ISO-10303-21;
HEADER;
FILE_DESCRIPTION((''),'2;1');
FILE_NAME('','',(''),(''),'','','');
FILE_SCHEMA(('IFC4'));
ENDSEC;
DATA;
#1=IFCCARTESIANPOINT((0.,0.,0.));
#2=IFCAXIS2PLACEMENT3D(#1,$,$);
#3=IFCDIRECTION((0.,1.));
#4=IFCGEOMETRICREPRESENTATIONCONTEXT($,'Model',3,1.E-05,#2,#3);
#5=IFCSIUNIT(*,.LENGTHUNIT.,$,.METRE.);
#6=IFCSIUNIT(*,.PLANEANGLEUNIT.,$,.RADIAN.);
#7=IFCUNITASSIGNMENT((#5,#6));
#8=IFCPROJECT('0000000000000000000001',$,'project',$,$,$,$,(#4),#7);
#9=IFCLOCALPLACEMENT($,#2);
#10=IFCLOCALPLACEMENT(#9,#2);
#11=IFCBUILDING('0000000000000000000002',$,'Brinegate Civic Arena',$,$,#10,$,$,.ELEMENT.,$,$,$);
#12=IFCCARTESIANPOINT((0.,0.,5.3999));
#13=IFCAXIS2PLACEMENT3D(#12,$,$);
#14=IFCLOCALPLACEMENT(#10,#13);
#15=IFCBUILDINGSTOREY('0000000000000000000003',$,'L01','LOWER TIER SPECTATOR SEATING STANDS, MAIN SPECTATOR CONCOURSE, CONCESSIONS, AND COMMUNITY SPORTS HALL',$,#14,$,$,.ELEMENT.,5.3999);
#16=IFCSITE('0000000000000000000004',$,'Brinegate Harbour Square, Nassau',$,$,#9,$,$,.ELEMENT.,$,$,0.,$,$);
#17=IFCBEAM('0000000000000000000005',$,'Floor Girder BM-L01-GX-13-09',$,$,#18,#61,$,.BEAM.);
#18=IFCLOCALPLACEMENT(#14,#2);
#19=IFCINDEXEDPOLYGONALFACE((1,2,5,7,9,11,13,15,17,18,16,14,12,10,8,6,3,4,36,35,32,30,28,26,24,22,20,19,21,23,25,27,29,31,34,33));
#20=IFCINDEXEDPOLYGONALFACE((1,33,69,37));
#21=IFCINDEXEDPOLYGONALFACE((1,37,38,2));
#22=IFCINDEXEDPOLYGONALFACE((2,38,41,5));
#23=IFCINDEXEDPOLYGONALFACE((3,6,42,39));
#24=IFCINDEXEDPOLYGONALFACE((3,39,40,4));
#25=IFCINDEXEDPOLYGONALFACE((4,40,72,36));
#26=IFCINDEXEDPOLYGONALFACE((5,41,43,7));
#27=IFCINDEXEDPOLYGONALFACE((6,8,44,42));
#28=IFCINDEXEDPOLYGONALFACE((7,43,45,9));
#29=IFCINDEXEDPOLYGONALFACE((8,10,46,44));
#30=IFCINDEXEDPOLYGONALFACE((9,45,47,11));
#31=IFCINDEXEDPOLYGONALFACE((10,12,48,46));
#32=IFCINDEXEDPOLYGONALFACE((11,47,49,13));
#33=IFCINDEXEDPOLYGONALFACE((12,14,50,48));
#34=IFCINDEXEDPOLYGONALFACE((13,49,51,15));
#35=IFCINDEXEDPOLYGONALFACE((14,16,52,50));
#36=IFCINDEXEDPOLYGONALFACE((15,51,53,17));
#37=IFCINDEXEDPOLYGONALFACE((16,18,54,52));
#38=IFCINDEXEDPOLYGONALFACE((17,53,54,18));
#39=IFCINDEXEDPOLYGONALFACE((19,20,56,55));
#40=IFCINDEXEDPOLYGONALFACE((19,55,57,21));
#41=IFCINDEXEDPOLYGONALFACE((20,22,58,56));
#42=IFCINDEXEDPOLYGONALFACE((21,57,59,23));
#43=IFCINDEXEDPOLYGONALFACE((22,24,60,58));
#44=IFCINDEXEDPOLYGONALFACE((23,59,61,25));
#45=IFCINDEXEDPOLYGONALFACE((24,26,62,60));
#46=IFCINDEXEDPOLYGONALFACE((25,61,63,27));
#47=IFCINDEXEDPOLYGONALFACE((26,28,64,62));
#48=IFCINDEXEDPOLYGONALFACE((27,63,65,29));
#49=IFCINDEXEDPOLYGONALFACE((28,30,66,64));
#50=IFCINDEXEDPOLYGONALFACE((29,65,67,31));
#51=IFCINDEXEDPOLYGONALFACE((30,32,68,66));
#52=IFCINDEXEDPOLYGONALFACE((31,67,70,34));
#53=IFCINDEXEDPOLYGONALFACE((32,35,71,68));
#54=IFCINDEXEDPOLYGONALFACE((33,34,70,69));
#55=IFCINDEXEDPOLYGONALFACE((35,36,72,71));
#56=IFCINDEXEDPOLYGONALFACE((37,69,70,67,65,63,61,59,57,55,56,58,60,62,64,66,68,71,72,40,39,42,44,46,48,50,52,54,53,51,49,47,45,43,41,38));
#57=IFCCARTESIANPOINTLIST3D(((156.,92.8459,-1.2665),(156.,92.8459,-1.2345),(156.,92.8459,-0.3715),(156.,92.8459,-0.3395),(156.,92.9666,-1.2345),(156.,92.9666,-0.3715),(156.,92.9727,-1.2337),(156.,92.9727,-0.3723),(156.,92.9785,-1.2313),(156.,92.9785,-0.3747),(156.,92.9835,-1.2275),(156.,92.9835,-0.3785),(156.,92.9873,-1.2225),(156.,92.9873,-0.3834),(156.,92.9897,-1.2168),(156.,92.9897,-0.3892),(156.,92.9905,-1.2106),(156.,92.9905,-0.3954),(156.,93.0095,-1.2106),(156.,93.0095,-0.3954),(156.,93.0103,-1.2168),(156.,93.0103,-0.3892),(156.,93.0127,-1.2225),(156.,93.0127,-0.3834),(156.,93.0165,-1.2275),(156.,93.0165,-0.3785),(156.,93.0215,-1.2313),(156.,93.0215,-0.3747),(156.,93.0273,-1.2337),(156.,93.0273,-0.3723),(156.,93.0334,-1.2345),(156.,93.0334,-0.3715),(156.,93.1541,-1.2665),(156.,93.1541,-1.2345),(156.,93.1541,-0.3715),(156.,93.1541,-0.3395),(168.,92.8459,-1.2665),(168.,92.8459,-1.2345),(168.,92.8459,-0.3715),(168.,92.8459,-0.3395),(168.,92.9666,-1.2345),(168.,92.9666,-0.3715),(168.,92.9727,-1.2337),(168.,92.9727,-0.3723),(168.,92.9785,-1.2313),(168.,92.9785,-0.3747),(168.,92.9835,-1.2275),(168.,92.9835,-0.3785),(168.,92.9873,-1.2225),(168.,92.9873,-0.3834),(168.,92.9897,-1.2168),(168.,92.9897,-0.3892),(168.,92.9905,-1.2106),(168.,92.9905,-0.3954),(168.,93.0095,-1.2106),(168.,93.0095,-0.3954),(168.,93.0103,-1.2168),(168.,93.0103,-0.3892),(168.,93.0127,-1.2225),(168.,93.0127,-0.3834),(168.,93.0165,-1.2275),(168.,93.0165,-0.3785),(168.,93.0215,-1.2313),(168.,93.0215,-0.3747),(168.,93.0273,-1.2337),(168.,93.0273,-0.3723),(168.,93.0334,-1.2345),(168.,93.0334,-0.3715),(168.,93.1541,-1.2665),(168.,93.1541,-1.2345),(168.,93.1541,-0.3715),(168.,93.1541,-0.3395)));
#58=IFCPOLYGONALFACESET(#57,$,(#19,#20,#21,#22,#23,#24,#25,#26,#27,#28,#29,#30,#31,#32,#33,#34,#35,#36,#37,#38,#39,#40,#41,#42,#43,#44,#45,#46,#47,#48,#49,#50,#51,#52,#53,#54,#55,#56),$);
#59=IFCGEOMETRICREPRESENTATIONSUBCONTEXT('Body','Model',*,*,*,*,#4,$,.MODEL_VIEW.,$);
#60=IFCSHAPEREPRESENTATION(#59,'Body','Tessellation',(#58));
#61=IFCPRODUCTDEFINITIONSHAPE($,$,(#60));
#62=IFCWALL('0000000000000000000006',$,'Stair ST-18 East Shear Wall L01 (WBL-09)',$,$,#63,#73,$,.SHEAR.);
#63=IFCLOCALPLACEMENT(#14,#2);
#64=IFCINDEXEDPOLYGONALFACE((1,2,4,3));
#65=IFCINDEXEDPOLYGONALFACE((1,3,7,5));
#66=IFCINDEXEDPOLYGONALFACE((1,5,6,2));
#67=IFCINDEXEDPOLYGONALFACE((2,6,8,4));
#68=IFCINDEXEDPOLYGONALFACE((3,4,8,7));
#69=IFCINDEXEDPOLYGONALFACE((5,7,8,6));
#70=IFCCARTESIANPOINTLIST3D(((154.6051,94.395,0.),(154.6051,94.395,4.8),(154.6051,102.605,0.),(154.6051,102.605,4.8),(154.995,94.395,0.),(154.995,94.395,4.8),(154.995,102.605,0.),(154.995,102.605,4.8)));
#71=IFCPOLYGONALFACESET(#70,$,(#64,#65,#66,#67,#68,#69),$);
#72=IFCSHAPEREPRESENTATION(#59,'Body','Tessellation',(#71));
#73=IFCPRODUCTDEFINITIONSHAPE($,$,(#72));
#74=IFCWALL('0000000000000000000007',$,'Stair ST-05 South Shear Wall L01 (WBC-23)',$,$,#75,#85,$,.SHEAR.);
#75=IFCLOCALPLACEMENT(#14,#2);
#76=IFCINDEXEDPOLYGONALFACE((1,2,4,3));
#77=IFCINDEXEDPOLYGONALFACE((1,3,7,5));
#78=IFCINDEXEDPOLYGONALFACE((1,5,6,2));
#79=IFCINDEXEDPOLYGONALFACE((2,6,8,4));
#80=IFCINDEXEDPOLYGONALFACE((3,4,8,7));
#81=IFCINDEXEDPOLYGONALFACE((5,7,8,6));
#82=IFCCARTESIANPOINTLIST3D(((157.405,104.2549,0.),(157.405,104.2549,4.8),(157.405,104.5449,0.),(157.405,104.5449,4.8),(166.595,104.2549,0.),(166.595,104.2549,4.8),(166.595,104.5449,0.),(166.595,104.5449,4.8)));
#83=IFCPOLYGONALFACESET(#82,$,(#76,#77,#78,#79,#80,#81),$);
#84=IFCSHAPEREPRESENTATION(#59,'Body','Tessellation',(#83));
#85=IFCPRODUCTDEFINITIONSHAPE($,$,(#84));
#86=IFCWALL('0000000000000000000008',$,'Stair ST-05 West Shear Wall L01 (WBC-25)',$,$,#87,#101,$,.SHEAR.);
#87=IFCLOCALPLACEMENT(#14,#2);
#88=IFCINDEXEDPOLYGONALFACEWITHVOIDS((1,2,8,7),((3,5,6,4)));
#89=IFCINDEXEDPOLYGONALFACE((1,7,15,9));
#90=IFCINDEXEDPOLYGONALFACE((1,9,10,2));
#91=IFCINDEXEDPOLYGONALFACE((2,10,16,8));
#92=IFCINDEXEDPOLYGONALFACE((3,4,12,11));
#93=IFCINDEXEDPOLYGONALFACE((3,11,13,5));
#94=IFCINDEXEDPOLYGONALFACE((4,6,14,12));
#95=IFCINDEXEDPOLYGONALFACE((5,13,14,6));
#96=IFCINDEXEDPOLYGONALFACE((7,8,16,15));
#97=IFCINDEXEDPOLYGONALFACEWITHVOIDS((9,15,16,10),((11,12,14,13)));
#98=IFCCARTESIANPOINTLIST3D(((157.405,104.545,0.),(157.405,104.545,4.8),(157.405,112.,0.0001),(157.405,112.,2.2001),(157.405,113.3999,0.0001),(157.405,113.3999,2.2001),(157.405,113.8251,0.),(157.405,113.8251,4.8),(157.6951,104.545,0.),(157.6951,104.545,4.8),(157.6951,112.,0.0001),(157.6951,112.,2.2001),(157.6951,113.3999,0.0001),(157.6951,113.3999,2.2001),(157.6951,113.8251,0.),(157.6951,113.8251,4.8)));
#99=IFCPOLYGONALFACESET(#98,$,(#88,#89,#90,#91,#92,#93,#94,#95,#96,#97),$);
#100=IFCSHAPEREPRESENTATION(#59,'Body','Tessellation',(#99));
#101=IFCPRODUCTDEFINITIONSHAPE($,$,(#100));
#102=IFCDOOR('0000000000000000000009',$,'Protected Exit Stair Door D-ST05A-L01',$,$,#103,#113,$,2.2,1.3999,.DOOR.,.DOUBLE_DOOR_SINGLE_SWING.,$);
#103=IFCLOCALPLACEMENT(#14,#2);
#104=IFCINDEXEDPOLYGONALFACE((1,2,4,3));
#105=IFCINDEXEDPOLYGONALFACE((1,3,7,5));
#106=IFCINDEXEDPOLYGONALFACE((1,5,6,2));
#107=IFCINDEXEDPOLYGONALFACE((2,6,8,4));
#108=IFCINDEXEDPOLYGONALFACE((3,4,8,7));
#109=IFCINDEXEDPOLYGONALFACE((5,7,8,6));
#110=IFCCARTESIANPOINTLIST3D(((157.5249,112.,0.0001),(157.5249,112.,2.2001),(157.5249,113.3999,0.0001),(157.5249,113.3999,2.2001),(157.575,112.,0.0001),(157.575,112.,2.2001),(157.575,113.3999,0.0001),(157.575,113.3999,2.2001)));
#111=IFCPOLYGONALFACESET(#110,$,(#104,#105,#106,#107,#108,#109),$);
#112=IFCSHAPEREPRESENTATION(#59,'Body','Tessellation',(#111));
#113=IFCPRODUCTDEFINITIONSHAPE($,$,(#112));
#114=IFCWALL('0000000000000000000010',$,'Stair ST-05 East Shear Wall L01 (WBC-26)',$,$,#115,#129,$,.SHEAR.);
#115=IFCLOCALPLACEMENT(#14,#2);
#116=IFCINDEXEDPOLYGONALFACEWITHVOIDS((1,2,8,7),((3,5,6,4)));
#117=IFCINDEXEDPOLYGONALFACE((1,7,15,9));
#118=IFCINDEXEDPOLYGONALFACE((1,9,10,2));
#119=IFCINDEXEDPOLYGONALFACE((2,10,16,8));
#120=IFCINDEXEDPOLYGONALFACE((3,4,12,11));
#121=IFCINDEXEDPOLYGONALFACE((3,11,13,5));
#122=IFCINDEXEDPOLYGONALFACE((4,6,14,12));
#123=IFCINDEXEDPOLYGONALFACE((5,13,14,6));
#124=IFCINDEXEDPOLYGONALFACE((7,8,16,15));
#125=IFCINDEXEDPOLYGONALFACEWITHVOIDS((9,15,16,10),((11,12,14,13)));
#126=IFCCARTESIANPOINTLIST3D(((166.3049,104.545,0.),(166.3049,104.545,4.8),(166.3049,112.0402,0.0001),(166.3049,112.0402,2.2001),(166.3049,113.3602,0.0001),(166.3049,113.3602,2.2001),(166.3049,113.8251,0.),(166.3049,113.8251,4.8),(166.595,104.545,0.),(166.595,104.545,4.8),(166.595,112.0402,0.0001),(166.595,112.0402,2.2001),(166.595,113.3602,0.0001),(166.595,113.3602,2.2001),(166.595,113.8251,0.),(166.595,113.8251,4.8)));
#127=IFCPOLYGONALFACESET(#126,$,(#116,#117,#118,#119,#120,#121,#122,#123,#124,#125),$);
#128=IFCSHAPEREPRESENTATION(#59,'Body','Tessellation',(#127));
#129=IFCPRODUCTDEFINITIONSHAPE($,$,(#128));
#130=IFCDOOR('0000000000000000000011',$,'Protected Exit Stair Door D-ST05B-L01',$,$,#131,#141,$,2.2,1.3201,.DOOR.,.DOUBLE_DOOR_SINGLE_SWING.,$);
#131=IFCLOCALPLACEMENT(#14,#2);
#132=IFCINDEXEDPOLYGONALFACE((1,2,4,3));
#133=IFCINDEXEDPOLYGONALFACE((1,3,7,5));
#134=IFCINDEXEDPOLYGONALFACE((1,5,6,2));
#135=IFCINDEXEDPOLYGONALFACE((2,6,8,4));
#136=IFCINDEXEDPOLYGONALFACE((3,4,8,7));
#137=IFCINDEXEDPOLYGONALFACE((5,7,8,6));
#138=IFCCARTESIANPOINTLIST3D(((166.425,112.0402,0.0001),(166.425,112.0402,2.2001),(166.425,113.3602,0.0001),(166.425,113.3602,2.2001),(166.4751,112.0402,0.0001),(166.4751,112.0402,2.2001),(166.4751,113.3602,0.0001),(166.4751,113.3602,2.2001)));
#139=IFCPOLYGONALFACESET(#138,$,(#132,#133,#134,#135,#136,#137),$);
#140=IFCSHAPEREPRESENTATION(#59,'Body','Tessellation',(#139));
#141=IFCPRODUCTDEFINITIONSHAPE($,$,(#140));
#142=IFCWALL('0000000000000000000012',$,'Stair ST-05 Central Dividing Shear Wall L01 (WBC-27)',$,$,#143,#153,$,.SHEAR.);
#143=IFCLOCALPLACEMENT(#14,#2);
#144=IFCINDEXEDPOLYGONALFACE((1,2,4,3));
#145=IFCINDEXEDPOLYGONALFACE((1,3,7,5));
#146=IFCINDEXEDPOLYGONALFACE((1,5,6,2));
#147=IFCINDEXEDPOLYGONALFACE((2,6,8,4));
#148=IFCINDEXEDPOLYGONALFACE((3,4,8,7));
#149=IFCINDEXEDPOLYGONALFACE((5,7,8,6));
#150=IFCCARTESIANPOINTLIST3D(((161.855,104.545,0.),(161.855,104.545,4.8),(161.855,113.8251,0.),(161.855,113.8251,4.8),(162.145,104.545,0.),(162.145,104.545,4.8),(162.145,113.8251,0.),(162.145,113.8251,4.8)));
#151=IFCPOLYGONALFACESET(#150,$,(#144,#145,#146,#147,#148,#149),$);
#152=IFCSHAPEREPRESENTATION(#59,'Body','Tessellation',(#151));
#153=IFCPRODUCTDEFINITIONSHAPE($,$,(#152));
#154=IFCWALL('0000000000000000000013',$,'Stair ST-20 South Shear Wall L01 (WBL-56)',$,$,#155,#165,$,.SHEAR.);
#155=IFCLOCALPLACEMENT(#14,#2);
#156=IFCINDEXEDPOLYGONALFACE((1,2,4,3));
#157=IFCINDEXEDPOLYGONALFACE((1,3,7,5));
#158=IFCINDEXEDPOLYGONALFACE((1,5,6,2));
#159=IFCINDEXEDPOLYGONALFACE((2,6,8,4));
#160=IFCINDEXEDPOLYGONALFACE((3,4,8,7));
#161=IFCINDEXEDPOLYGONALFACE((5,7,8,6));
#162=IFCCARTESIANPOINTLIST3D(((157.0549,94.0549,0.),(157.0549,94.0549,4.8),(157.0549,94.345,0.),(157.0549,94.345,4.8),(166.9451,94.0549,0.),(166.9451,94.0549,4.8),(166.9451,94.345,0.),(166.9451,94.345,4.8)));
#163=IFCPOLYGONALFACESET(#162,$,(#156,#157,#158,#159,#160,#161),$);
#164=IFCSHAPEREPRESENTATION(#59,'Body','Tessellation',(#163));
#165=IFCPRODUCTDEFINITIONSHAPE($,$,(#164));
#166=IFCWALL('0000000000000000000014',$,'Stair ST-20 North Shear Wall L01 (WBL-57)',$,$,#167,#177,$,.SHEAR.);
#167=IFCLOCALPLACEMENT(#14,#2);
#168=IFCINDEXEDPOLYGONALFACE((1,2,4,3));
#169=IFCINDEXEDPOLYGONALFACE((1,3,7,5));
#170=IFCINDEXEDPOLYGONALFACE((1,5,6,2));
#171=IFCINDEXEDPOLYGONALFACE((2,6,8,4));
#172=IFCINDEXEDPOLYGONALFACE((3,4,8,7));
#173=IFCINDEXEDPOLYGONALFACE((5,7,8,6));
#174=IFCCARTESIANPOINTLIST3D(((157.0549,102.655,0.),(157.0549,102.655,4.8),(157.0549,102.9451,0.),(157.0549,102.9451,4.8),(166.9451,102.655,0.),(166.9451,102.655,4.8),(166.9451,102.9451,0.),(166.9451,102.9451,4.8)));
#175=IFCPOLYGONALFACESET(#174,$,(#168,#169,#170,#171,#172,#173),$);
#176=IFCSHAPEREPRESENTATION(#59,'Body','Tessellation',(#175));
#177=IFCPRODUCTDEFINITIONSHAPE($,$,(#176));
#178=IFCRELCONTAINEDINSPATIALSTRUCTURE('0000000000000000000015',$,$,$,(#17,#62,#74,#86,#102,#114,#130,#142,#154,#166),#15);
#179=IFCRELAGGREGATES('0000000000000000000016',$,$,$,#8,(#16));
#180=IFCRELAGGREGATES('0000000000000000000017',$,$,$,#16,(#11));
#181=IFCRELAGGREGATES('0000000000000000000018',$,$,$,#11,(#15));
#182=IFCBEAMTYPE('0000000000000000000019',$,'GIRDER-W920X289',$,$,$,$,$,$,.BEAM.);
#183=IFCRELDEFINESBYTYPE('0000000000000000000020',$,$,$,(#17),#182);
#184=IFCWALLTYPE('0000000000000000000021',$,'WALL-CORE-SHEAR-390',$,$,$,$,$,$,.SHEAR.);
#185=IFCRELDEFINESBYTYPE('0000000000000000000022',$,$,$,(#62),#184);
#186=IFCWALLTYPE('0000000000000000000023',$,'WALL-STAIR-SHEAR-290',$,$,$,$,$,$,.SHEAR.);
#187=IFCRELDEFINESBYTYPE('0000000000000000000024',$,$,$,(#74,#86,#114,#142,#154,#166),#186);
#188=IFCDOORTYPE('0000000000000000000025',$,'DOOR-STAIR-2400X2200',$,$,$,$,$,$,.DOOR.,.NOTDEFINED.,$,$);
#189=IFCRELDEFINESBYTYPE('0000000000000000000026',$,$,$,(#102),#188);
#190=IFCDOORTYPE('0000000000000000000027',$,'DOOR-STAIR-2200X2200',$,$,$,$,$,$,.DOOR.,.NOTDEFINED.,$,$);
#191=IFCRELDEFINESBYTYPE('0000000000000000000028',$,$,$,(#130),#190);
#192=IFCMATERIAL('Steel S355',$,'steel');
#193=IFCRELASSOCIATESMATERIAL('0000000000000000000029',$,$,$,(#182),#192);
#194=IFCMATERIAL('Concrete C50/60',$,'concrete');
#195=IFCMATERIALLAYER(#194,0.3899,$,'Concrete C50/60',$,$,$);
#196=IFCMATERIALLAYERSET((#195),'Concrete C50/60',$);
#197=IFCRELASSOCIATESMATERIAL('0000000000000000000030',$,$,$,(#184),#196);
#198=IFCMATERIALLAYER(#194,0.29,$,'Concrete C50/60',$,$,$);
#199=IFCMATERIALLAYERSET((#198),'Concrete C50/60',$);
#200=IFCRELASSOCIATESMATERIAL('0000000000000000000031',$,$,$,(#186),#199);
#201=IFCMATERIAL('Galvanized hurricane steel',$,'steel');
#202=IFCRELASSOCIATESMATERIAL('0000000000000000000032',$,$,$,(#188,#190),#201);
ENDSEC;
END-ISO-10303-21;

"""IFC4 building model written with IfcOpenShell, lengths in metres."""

from ifc_helpers import new_model, si_unit, direction, frame, frame_2d, origin, origin_2d, place, context, subcontext, project, spatial, rectangle, i_section, extrude, material, layer, layer_set, material_profile, profile_set, type_object, element, fill, save


model = new_model("IFC4")

# Units and contexts
model_context = context("Model", 3, precision=1e-05, world=origin(), true_north=direction((0.0, 1.0)))
body_context = subcontext(model_context, "Body", "Model", "MODEL_VIEW")
ifc_project = project(units=[si_unit("LENGTHUNIT", "METRE"), si_unit("PLANEANGLEUNIT", "RADIAN")], contexts=[model_context])

# Site, building, storey
site_placement = place(None, origin())
site = spatial("IfcSite", under=ifc_project, at=site_placement, Name="Brinegate Harbour Square, Nassau", CompositionType="ELEMENT", RefElevation=0.0)
building_placement = place(site_placement, origin())
building = spatial("IfcBuilding", under=site, at=building_placement, Name="Brinegate Civic Arena", CompositionType="ELEMENT")
storey_placement = place(building_placement, frame((0.0, 0.0, 5.3999)))
storey = spatial("IfcBuildingStorey", under=building, at=storey_placement, Name="L01", Description="LOWER TIER SPECTATOR SEATING STANDS, MAIN SPECTATOR CONCOURSE, CONCESSIONS, AND COMMUNITY SPORTS HALL", CompositionType="ELEMENT", Elevation=5.3999)

# Shared definitions
ifc_material_1 = material(Name="Concrete C50/60", Category="concrete")

# Beam
ifc_material_2 = material(Name="Steel S355", Category="steel")
ifc_material_profile_1 = material_profile(ifc_material_2, i_section(OverallWidth=0.3081, OverallDepth=0.927, WebThickness=0.019, FlangeThickness=0.032, FilletRadius=0.0239, at=origin_2d()), Name="W920X289")
ifc_profile_set_1 = profile_set([ifc_material_profile_1], Name="Steel S355")
beam_type_1 = type_object("IfcBeamType", Name="GIRDER-W920X289", PredefinedType="BEAM", material=ifc_profile_set_1)
beam_1_placement = place(storey_placement, frame((156.0, 93.0, -0.803), z_axis=(1.0, 0.0, 0.0), x_axis=(0.0, 1.0, 0.0)))
element("IfcBeam", 1, at=beam_1_placement, inside=storey, type_object=beam_type_1, Name="Floor Girder BM-L01-GX-13-09", PredefinedType="BEAM", context=body_context, shape_type="SweptSolid", body=[
    extrude(i_section(OverallWidth=0.3081, OverallDepth=0.927, WebThickness=0.019, FlangeThickness=0.032, FilletRadius=0.0239, at=origin_2d()), origin(), (0.0, 0.0, 1.0), 12.0),
])

# Walls
ifc_layer_1 = layer(ifc_material_1, 0.3899, Name="Concrete C50/60")
ifc_layer_set_1 = layer_set([ifc_layer_1], Name="Concrete C50/60")
wall_type_1 = type_object("IfcWallType", Name="WALL-CORE-SHEAR-390", PredefinedType="SHEAR", material=ifc_layer_set_1)
wall_1_placement = place(storey_placement, frame((154.8, 94.395, 0.0), z_axis=(0.0, 0.0, 1.0), x_axis=(0.0, 1.0, 0.0)))
element("IfcWall", 2, at=wall_1_placement, inside=storey, type_object=wall_type_1, Name="Stair ST-18 East Shear Wall L01 (WBL-09)", PredefinedType="SHEAR", context=body_context, shape_type="SweptSolid", body=[
    extrude(rectangle(XDim=8.21, YDim=0.3899, at=frame_2d((4.105, 0.0))), origin(), (0.0, 0.0, 1.0), 4.8),
])
ifc_layer_2 = layer(ifc_material_1, 0.29, Name="Concrete C50/60")
ifc_layer_set_2 = layer_set([ifc_layer_2], Name="Concrete C50/60")
wall_type_2 = type_object("IfcWallType", Name="WALL-STAIR-SHEAR-290", PredefinedType="SHEAR", material=ifc_layer_set_2)
wall_2_placement = place(storey_placement, frame((157.405, 104.3999, 0.0), z_axis=(0.0, 0.0, 1.0), x_axis=(1.0, 0.0, 0.0)))
element("IfcWall", 3, at=wall_2_placement, inside=storey, type_object=wall_type_2, Name="Stair ST-05 South Shear Wall L01 (WBC-23)", PredefinedType="SHEAR", context=body_context, shape_type="SweptSolid", body=[
    extrude(rectangle(XDim=9.1899, YDim=0.29, at=frame_2d((4.595, 0.0))), origin(), (0.0, 0.0, 1.0), 4.8),
])

# Walls, openings, doors
wall_3_placement = place(storey_placement, frame((157.55, 104.5449, 0.0), z_axis=(0.0, 0.0, 1.0), x_axis=(0.0, 1.0, 0.0)))
wall_3 = element("IfcWall", 4, at=wall_3_placement, inside=storey, type_object=wall_type_2, Name="Stair ST-05 West Shear Wall L01 (WBC-25)", PredefinedType="SHEAR", context=body_context, shape_type="SweptSolid", body=[
    extrude(rectangle(XDim=9.28, YDim=0.29, at=frame_2d((4.6401, 0.0))), origin(), (0.0, 0.0, 1.0), 4.8),
])
opening_1_placement = place(wall_3_placement, frame((7.4551, 0.0, 0.0)))
opening_1 = element("IfcOpeningElement", 5, at=opening_1_placement, cuts=wall_3, PredefinedType="OPENING", context=body_context, shape_type="SweptSolid", body=[
    extrude(rectangle(XDim=1.3999, YDim=2.2, at=frame_2d((0.7, 1.1001))), frame((0.0, 0.155, 0.0), z_axis=(0.0, -1.0, 0.0), x_axis=(1.0, 0.0, 0.0)), (0.0, 0.0, 1.0), 0.3101),
])
ifc_material_3 = material(Name="Galvanized hurricane steel", Category="steel")
door_type_1 = type_object("IfcDoorType", Name="DOOR-STAIR-2400X2200", OperationType="NOTDEFINED", PredefinedType="DOOR", material=ifc_material_3)
door_1_placement = place(opening_1_placement, frame((1.3999, 0.0, 0.0), z_axis=(0.0, 0.0, 1.0), x_axis=(-1.0, 0.0, 0.0)))
door_1 = element("IfcDoor", 6, at=door_1_placement, inside=storey, type_object=door_type_1, Name="Protected Exit Stair Door D-ST05A-L01", OperationType="DOUBLE_DOOR_SINGLE_SWING", OverallHeight=2.2, OverallWidth=1.3999, PredefinedType="DOOR", context=body_context, shape_type="SweptSolid", body=[
    extrude(rectangle(XDim=1.3999, YDim=2.2, at=frame_2d((0.7, 1.1001))), frame((0.0, 0.0249, 0.0), z_axis=(0.0, -1.0, 0.0), x_axis=(1.0, 0.0, 0.0)), (0.0, 0.0, 1.0), 0.05),
])
fill(opening_1, door_1)
wall_4_placement = place(storey_placement, frame((166.45, 104.5449, 0.0), z_axis=(0.0, 0.0, 1.0), x_axis=(0.0, 1.0, 0.0)))
wall_4 = element("IfcWall", 7, at=wall_4_placement, inside=storey, type_object=wall_type_2, Name="Stair ST-05 East Shear Wall L01 (WBC-26)", PredefinedType="SHEAR", context=body_context, shape_type="SweptSolid", body=[
    extrude(rectangle(XDim=9.28, YDim=0.29, at=frame_2d((4.6401, 0.0))), origin(), (0.0, 0.0, 1.0), 4.8),
])
opening_2_placement = place(wall_4_placement, frame((7.4951, 0.0, 0.0)))
opening_2 = element("IfcOpeningElement", 8, at=opening_2_placement, cuts=wall_4, PredefinedType="OPENING", context=body_context, shape_type="SweptSolid", body=[
    extrude(rectangle(XDim=1.3201, YDim=2.2, at=frame_2d((0.6602, 1.1001))), frame((0.0, 0.155, 0.0), z_axis=(0.0, -1.0, 0.0), x_axis=(1.0, 0.0, 0.0)), (0.0, 0.0, 1.0), 0.3101),
])
door_type_2 = type_object("IfcDoorType", Name="DOOR-STAIR-2200X2200", OperationType="NOTDEFINED", PredefinedType="DOOR", material=ifc_material_3)
door_2_placement = place(opening_2_placement, origin())
door_2 = element("IfcDoor", 9, at=door_2_placement, inside=storey, type_object=door_type_2, Name="Protected Exit Stair Door D-ST05B-L01", OperationType="DOUBLE_DOOR_SINGLE_SWING", OverallHeight=2.2, OverallWidth=1.3201, PredefinedType="DOOR", context=body_context, shape_type="SweptSolid", body=[
    extrude(rectangle(XDim=1.3201, YDim=2.2, at=frame_2d((0.6602, 1.1001))), frame((0.0, 0.0249, 0.0), z_axis=(0.0, -1.0, 0.0), x_axis=(1.0, 0.0, 0.0)), (0.0, 0.0, 1.0), 0.05),
])
fill(opening_2, door_2)

# Walls
wall_5_placement = place(storey_placement, frame((162.0, 104.5449, 0.0), z_axis=(0.0, 0.0, 1.0), x_axis=(0.0, 1.0, 0.0)))
element("IfcWall", 10, at=wall_5_placement, inside=storey, type_object=wall_type_2, Name="Stair ST-05 Central Dividing Shear Wall L01 (WBC-27)", PredefinedType="SHEAR", context=body_context, shape_type="SweptSolid", body=[
    extrude(rectangle(XDim=9.28, YDim=0.29, at=frame_2d((4.6401, 0.0))), origin(), (0.0, 0.0, 1.0), 4.8),
])
for number, where, z_axis, x_axis, name in (
    (11, (157.0549, 94.2, 0.0), (0.0, 0.0, 1.0), (1.0, 0.0, 0.0), "Stair ST-20 South Shear Wall L01 (WBL-56)"),
    (12, (157.0549, 102.8, 0.0), (0.0, 0.0, 1.0), (1.0, 0.0, 0.0), "Stair ST-20 North Shear Wall L01 (WBL-57)"),
):
    element("IfcWall", number, at=place(storey_placement, frame(where, z_axis=z_axis, x_axis=x_axis)), inside=storey, type_object=wall_type_2, Name=name, PredefinedType="SHEAR", context=body_context, shape_type="SweptSolid", body=[
        extrude(rectangle(XDim=9.8901, YDim=0.29, at=frame_2d((4.9451, 0.0))), origin(), (0.0, 0.0, 1.0), 4.8),
    ])

save(model, "model.ifc")
